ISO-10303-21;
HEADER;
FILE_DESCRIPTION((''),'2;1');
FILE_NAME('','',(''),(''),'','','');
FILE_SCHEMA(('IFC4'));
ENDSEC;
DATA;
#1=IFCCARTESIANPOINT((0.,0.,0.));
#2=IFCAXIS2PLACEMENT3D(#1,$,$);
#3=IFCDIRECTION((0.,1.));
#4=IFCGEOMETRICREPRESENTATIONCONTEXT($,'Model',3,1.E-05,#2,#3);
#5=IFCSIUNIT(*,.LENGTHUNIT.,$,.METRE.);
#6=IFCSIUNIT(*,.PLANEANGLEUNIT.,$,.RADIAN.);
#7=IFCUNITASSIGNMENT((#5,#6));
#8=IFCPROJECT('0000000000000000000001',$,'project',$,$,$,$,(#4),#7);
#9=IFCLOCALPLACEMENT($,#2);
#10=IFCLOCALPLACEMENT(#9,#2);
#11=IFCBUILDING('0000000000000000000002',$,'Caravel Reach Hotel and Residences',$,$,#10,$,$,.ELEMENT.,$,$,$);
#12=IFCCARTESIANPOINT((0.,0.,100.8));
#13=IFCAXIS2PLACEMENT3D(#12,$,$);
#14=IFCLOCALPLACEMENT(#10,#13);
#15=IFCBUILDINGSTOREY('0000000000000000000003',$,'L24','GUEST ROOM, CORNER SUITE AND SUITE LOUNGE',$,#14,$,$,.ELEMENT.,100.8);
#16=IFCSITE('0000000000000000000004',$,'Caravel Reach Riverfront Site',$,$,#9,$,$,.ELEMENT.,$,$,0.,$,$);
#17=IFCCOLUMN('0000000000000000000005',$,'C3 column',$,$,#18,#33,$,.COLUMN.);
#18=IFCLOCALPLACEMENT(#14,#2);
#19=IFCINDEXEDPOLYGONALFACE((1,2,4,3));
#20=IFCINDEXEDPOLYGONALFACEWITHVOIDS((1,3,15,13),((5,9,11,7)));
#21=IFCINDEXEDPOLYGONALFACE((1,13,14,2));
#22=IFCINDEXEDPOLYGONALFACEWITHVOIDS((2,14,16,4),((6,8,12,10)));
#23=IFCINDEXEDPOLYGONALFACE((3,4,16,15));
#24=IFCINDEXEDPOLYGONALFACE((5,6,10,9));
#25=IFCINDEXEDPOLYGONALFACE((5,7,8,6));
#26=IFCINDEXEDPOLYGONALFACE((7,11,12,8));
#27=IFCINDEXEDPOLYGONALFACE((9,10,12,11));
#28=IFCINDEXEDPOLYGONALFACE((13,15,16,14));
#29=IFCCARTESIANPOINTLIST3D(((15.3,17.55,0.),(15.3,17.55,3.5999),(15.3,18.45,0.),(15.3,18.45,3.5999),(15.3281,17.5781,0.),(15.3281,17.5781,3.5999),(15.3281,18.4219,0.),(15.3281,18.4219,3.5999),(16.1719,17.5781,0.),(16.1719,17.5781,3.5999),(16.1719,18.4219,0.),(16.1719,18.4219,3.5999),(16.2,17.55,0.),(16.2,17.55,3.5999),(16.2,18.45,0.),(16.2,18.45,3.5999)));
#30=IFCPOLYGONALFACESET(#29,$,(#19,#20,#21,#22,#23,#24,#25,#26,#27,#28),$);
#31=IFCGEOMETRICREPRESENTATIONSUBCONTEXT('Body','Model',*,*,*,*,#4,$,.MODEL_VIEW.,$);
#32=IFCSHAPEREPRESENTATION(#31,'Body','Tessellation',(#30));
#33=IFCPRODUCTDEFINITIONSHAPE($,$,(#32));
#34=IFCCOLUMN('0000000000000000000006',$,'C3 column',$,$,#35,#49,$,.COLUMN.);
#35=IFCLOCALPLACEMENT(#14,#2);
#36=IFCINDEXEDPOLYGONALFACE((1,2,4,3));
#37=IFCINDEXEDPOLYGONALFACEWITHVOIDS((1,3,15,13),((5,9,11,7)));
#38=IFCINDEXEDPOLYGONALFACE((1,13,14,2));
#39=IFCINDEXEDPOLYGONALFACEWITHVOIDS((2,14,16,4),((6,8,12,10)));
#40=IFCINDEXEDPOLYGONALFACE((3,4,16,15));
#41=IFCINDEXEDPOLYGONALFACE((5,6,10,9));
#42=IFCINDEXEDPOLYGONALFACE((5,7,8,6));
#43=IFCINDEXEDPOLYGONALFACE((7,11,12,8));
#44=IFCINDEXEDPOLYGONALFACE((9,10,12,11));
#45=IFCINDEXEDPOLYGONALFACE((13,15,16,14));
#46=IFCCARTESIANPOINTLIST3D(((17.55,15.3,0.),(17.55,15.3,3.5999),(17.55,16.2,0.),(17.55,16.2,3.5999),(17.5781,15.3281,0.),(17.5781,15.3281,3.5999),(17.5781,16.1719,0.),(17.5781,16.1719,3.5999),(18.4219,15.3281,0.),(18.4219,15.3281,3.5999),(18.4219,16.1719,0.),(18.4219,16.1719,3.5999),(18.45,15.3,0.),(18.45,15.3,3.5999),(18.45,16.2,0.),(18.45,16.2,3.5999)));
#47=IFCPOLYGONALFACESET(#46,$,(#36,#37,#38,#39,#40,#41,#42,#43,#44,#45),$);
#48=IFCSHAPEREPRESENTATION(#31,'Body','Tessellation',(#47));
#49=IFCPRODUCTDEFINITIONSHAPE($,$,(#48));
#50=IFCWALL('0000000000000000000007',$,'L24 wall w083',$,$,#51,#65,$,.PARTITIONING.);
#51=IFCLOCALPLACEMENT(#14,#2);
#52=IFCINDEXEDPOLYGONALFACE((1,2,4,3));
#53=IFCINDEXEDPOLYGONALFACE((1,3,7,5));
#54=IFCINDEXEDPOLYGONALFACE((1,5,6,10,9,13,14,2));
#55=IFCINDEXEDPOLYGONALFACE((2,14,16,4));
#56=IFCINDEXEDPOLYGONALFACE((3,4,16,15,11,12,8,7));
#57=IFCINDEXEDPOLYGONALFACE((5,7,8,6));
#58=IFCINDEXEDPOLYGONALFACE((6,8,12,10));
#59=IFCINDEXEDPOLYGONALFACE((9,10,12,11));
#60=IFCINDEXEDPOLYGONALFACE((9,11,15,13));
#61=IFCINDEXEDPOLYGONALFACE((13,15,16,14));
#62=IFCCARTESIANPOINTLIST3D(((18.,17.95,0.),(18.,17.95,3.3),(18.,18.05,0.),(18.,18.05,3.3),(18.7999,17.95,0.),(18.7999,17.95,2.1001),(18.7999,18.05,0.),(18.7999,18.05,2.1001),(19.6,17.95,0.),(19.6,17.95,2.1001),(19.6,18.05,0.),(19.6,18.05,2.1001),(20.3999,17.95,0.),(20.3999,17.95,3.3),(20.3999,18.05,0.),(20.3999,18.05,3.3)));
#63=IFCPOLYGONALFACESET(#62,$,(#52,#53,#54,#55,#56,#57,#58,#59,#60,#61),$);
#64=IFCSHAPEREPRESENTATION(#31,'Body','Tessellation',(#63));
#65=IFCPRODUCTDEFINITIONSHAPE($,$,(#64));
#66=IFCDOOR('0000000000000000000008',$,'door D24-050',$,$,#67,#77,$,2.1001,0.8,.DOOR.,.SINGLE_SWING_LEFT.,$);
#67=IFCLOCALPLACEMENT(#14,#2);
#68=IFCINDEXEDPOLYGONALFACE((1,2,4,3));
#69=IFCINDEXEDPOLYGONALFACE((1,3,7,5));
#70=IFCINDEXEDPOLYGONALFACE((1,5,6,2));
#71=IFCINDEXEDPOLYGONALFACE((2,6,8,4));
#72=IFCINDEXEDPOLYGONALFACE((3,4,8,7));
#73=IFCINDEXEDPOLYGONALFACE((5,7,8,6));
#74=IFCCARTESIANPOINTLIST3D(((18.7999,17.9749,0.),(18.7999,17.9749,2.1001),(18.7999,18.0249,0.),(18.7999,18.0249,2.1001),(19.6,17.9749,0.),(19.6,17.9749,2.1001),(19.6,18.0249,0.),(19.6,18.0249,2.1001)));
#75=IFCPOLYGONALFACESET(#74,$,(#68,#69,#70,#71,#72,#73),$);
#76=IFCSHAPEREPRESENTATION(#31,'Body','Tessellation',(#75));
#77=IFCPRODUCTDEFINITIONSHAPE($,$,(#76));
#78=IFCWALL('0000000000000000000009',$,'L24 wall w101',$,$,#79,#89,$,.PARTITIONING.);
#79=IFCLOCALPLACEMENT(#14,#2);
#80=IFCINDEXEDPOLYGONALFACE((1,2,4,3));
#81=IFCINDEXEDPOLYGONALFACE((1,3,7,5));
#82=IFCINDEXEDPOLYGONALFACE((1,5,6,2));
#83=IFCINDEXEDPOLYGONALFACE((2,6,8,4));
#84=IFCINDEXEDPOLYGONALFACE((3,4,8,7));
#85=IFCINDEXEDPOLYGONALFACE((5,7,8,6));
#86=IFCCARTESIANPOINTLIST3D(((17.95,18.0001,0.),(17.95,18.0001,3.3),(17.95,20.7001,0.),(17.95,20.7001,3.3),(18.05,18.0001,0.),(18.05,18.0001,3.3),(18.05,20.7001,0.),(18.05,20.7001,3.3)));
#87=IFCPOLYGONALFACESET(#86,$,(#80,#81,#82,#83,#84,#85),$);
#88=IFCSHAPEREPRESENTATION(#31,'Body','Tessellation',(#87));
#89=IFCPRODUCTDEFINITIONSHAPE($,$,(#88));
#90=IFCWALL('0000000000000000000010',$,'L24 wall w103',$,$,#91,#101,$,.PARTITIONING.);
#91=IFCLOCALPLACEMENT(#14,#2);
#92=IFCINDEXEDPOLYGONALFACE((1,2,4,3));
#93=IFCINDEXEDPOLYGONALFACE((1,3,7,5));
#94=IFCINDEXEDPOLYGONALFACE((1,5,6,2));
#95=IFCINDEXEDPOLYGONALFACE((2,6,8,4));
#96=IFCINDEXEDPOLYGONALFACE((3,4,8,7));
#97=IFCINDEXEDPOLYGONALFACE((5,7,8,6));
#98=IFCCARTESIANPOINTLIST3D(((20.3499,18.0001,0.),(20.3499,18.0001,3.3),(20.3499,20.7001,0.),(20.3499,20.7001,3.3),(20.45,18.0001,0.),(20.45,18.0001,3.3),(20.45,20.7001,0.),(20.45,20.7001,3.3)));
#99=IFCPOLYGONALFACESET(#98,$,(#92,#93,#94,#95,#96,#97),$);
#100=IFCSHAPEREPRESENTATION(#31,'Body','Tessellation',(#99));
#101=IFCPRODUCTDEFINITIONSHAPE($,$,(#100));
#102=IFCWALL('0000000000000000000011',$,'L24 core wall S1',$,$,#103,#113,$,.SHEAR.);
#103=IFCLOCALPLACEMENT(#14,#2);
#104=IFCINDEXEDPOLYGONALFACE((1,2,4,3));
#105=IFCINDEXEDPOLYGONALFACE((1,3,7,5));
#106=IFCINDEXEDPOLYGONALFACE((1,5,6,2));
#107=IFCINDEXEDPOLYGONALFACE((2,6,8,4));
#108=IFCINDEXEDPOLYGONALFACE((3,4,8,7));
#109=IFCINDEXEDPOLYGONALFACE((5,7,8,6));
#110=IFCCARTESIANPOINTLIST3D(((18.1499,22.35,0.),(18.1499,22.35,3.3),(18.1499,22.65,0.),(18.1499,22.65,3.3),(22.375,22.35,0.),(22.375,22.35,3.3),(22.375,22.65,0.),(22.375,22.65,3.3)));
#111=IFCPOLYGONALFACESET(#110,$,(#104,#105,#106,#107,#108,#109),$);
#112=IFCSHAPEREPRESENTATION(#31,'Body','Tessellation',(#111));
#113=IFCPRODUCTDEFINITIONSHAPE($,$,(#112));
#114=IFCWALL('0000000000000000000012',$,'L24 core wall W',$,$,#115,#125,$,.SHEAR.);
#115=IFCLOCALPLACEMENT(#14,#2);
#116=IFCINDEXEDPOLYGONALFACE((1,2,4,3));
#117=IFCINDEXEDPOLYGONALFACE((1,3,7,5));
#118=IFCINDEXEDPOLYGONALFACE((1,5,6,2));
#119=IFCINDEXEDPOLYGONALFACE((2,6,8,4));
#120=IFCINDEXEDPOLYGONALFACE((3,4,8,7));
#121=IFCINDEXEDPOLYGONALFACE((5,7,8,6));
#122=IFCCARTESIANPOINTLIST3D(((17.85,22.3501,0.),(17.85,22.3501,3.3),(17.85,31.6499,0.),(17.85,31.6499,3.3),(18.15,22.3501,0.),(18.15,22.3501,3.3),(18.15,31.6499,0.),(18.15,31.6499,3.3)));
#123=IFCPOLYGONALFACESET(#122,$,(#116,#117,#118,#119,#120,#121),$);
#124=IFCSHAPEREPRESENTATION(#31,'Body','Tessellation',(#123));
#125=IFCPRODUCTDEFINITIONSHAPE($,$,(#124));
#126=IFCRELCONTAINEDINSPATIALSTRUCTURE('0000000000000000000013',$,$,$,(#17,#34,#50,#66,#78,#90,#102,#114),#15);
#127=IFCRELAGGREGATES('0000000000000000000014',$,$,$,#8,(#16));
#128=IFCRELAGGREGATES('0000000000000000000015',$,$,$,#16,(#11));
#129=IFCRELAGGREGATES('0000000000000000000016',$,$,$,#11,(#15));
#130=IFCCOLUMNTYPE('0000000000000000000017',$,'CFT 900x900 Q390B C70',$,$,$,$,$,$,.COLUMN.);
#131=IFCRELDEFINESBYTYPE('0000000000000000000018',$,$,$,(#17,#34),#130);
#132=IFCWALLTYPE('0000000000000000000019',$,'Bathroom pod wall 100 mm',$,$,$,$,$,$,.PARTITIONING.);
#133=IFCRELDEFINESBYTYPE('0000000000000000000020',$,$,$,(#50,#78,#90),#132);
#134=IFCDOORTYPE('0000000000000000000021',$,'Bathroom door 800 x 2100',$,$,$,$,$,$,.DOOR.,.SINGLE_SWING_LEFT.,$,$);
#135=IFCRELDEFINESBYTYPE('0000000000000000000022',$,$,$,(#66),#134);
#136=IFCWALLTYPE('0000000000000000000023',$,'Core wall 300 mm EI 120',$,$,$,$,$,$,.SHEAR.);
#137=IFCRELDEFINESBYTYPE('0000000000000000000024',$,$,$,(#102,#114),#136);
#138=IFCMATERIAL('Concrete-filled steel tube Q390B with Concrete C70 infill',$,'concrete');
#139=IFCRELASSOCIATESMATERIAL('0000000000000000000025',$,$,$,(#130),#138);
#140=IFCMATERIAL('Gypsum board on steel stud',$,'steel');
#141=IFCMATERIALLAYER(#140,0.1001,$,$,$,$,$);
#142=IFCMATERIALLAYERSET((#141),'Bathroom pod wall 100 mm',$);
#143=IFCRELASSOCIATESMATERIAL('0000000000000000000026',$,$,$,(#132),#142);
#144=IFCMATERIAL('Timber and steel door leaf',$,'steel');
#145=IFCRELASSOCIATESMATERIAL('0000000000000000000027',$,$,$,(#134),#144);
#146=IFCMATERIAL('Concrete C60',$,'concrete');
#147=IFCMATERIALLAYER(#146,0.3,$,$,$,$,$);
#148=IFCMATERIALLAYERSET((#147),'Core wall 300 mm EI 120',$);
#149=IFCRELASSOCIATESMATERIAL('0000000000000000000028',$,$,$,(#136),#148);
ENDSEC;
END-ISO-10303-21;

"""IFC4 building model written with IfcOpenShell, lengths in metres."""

from ifc_helpers import new_model, si_unit, direction, frame, frame_2d, origin, origin_2d, place, context, subcontext, project, spatial, rectangle, hollow_rectangle, extrude, material, layer, layer_set, material_profile, profile_set, type_object, element, fill, save


model = new_model("IFC4")

# Units and contexts
model_context = context("Model", 3, precision=1e-05, world=origin(), true_north=direction((0.0, 1.0)))
body_context = subcontext(model_context, "Body", "Model", "MODEL_VIEW")
ifc_project = project(units=[si_unit("LENGTHUNIT", "METRE"), si_unit("PLANEANGLEUNIT", "RADIAN")], contexts=[model_context])

# Site, building, storey
site_placement = place(None, origin())
site = spatial("IfcSite", under=ifc_project, at=site_placement, Name="Caravel Reach Riverfront Site", CompositionType="ELEMENT", RefElevation=0.0)
building_placement = place(site_placement, origin())
building = spatial("IfcBuilding", under=site, at=building_placement, Name="Caravel Reach Hotel and Residences", CompositionType="ELEMENT")
storey_placement = place(building_placement, frame((0.0, 0.0, 100.8)))
storey = spatial("IfcBuildingStorey", under=building, at=storey_placement, Name="L24", Description="GUEST ROOM, CORNER SUITE AND SUITE LOUNGE", CompositionType="ELEMENT", Elevation=100.8)

# Columns
ifc_material_1 = material(Name="Concrete-filled steel tube Q390B with Concrete C70 infill", Category="concrete")
ifc_material_profile = material_profile(ifc_material_1, hollow_rectangle(XDim=0.8999, YDim=0.8999, WallThickness=0.0281, at=origin_2d()), Name="RHS 900x900x28")
ifc_profile_set = profile_set([ifc_material_profile], Name="Concrete-filled steel tube Q390B with Concrete C70 infill")
column_type = type_object("IfcColumnType", Name="CFT 900x900 Q390B C70", PredefinedType="COLUMN", material=ifc_profile_set)
for number, where, z_axis, x_axis, name in (
    (1, (15.75, 18.0, 0.0), (0.0, 0.0, 1.0), (1.0, 0.0, 0.0), "C3 column"),
    (2, (18.0, 15.75, 0.0), (0.0, 0.0, 1.0), (1.0, 0.0, 0.0), "C3 column"),
):
    element("IfcColumn", number, at=place(storey_placement, frame(where, z_axis=z_axis, x_axis=x_axis)), inside=storey, type_object=column_type, Name=name, PredefinedType="COLUMN", context=body_context, shape_type="SweptSolid", body=[
        extrude(hollow_rectangle(XDim=0.8999, YDim=0.8999, WallThickness=0.0281, at=origin_2d()), origin(), (0.0, 0.0, 1.0), 3.5999),
    ])

# Wall, opening, door
ifc_material_2 = material(Name="Gypsum board on steel stud", Category="steel")
ifc_layer_1 = layer(ifc_material_2, 0.1001)
ifc_layer_set_1 = layer_set([ifc_layer_1], Name="Bathroom pod wall 100 mm")
wall_type_1 = type_object("IfcWallType", Name="Bathroom pod wall 100 mm", PredefinedType="PARTITIONING", material=ifc_layer_set_1)
wall_1_placement = place(storey_placement, frame((18.0, 18.0, 0.0), z_axis=(0.0, 0.0, 1.0), x_axis=(1.0, 0.0, 0.0)))
wall_1 = element("IfcWall", 3, at=wall_1_placement, inside=storey, type_object=wall_type_1, Name="L24 wall w083", PredefinedType="PARTITIONING", context=body_context, shape_type="SweptSolid", body=[
    extrude(rectangle(XDim=2.3999, YDim=0.1001, at=frame_2d((1.2, 0.0))), origin(), (0.0, 0.0, 1.0), 3.3),
])
opening_1_placement = place(wall_1_placement, frame((0.8, 0.0, 0.0)))
opening_1 = element("IfcOpeningElement", 4, at=opening_1_placement, cuts=wall_1, PredefinedType="OPENING", context=body_context, shape_type="SweptSolid", body=[
    extrude(rectangle(XDim=0.8, YDim=2.1001, at=frame_2d((0.3999, 1.05))), frame((0.0, 0.0601, 0.0), z_axis=(0.0, -1.0, 0.0), x_axis=(1.0, 0.0, 0.0)), (0.0, 0.0, 1.0), 0.1201),
])
ifc_material_3 = material(Name="Timber and steel door leaf", Category="steel")
door_type_1 = type_object("IfcDoorType", Name="Bathroom door 800 x 2100", OperationType="SINGLE_SWING_LEFT", PredefinedType="DOOR", material=ifc_material_3)
door_1_placement = place(opening_1_placement, origin())
door_1 = element("IfcDoor", 5, at=door_1_placement, inside=storey, type_object=door_type_1, Name="door D24-050", OperationType="SINGLE_SWING_LEFT", OverallHeight=2.1001, OverallWidth=0.8, PredefinedType="DOOR", context=body_context, shape_type="SweptSolid", body=[
    extrude(rectangle(XDim=0.8, YDim=2.1001, at=frame_2d((0.3999, 1.05))), frame((0.0, 0.0249, 0.0), z_axis=(0.0, -1.0, 0.0), x_axis=(1.0, 0.0, 0.0)), (0.0, 0.0, 1.0), 0.05),
])
fill(opening_1, door_1)

# Walls
for number, where, z_axis, x_axis, name in (
    (6, (18.0, 18.0, 0.0), (0.0, 0.0, 1.0), (0.0, 1.0, 0.0), "L24 wall w101"),
    (7, (20.3999, 18.0, 0.0), (0.0, 0.0, 1.0), (0.0, 1.0, 0.0), "L24 wall w103"),
):
    element("IfcWall", number, at=place(storey_placement, frame(where, z_axis=z_axis, x_axis=x_axis)), inside=storey, type_object=wall_type_1, Name=name, PredefinedType="PARTITIONING", context=body_context, shape_type="SweptSolid", body=[
        extrude(rectangle(XDim=2.7, YDim=0.1001, at=frame_2d((1.3501, 0.0))), origin(), (0.0, 0.0, 1.0), 3.3),
    ])
ifc_material_4 = material(Name="Concrete C60", Category="concrete")
ifc_layer_2 = layer(ifc_material_4, 0.3)
ifc_layer_set_2 = layer_set([ifc_layer_2], Name="Core wall 300 mm EI 120")
wall_type_2 = type_object("IfcWallType", Name="Core wall 300 mm EI 120", PredefinedType="SHEAR", material=ifc_layer_set_2)
wall_2_placement = place(storey_placement, frame((18.1499, 22.5, 0.0), z_axis=(0.0, 0.0, 1.0), x_axis=(1.0, 0.0, 0.0)))
element("IfcWall", 8, at=wall_2_placement, inside=storey, type_object=wall_type_2, Name="L24 core wall S1", PredefinedType="SHEAR", context=body_context, shape_type="SweptSolid", body=[
    extrude(rectangle(XDim=4.2251, YDim=0.3, at=frame_2d((2.1125, 0.0))), origin(), (0.0, 0.0, 1.0), 3.3),
])
wall_3_placement = place(storey_placement, frame((18.0, 22.3501, 0.0), z_axis=(0.0, 0.0, 1.0), x_axis=(0.0, 1.0, 0.0)))
element("IfcWall", 9, at=wall_3_placement, inside=storey, type_object=wall_type_2, Name="L24 core wall W", PredefinedType="SHEAR", context=body_context, shape_type="SweptSolid", body=[
    extrude(rectangle(XDim=9.2998, YDim=0.3, at=frame_2d((4.6499, 0.0))), origin(), (0.0, 0.0, 1.0), 3.3),
])

save(model, "model.ifc")
